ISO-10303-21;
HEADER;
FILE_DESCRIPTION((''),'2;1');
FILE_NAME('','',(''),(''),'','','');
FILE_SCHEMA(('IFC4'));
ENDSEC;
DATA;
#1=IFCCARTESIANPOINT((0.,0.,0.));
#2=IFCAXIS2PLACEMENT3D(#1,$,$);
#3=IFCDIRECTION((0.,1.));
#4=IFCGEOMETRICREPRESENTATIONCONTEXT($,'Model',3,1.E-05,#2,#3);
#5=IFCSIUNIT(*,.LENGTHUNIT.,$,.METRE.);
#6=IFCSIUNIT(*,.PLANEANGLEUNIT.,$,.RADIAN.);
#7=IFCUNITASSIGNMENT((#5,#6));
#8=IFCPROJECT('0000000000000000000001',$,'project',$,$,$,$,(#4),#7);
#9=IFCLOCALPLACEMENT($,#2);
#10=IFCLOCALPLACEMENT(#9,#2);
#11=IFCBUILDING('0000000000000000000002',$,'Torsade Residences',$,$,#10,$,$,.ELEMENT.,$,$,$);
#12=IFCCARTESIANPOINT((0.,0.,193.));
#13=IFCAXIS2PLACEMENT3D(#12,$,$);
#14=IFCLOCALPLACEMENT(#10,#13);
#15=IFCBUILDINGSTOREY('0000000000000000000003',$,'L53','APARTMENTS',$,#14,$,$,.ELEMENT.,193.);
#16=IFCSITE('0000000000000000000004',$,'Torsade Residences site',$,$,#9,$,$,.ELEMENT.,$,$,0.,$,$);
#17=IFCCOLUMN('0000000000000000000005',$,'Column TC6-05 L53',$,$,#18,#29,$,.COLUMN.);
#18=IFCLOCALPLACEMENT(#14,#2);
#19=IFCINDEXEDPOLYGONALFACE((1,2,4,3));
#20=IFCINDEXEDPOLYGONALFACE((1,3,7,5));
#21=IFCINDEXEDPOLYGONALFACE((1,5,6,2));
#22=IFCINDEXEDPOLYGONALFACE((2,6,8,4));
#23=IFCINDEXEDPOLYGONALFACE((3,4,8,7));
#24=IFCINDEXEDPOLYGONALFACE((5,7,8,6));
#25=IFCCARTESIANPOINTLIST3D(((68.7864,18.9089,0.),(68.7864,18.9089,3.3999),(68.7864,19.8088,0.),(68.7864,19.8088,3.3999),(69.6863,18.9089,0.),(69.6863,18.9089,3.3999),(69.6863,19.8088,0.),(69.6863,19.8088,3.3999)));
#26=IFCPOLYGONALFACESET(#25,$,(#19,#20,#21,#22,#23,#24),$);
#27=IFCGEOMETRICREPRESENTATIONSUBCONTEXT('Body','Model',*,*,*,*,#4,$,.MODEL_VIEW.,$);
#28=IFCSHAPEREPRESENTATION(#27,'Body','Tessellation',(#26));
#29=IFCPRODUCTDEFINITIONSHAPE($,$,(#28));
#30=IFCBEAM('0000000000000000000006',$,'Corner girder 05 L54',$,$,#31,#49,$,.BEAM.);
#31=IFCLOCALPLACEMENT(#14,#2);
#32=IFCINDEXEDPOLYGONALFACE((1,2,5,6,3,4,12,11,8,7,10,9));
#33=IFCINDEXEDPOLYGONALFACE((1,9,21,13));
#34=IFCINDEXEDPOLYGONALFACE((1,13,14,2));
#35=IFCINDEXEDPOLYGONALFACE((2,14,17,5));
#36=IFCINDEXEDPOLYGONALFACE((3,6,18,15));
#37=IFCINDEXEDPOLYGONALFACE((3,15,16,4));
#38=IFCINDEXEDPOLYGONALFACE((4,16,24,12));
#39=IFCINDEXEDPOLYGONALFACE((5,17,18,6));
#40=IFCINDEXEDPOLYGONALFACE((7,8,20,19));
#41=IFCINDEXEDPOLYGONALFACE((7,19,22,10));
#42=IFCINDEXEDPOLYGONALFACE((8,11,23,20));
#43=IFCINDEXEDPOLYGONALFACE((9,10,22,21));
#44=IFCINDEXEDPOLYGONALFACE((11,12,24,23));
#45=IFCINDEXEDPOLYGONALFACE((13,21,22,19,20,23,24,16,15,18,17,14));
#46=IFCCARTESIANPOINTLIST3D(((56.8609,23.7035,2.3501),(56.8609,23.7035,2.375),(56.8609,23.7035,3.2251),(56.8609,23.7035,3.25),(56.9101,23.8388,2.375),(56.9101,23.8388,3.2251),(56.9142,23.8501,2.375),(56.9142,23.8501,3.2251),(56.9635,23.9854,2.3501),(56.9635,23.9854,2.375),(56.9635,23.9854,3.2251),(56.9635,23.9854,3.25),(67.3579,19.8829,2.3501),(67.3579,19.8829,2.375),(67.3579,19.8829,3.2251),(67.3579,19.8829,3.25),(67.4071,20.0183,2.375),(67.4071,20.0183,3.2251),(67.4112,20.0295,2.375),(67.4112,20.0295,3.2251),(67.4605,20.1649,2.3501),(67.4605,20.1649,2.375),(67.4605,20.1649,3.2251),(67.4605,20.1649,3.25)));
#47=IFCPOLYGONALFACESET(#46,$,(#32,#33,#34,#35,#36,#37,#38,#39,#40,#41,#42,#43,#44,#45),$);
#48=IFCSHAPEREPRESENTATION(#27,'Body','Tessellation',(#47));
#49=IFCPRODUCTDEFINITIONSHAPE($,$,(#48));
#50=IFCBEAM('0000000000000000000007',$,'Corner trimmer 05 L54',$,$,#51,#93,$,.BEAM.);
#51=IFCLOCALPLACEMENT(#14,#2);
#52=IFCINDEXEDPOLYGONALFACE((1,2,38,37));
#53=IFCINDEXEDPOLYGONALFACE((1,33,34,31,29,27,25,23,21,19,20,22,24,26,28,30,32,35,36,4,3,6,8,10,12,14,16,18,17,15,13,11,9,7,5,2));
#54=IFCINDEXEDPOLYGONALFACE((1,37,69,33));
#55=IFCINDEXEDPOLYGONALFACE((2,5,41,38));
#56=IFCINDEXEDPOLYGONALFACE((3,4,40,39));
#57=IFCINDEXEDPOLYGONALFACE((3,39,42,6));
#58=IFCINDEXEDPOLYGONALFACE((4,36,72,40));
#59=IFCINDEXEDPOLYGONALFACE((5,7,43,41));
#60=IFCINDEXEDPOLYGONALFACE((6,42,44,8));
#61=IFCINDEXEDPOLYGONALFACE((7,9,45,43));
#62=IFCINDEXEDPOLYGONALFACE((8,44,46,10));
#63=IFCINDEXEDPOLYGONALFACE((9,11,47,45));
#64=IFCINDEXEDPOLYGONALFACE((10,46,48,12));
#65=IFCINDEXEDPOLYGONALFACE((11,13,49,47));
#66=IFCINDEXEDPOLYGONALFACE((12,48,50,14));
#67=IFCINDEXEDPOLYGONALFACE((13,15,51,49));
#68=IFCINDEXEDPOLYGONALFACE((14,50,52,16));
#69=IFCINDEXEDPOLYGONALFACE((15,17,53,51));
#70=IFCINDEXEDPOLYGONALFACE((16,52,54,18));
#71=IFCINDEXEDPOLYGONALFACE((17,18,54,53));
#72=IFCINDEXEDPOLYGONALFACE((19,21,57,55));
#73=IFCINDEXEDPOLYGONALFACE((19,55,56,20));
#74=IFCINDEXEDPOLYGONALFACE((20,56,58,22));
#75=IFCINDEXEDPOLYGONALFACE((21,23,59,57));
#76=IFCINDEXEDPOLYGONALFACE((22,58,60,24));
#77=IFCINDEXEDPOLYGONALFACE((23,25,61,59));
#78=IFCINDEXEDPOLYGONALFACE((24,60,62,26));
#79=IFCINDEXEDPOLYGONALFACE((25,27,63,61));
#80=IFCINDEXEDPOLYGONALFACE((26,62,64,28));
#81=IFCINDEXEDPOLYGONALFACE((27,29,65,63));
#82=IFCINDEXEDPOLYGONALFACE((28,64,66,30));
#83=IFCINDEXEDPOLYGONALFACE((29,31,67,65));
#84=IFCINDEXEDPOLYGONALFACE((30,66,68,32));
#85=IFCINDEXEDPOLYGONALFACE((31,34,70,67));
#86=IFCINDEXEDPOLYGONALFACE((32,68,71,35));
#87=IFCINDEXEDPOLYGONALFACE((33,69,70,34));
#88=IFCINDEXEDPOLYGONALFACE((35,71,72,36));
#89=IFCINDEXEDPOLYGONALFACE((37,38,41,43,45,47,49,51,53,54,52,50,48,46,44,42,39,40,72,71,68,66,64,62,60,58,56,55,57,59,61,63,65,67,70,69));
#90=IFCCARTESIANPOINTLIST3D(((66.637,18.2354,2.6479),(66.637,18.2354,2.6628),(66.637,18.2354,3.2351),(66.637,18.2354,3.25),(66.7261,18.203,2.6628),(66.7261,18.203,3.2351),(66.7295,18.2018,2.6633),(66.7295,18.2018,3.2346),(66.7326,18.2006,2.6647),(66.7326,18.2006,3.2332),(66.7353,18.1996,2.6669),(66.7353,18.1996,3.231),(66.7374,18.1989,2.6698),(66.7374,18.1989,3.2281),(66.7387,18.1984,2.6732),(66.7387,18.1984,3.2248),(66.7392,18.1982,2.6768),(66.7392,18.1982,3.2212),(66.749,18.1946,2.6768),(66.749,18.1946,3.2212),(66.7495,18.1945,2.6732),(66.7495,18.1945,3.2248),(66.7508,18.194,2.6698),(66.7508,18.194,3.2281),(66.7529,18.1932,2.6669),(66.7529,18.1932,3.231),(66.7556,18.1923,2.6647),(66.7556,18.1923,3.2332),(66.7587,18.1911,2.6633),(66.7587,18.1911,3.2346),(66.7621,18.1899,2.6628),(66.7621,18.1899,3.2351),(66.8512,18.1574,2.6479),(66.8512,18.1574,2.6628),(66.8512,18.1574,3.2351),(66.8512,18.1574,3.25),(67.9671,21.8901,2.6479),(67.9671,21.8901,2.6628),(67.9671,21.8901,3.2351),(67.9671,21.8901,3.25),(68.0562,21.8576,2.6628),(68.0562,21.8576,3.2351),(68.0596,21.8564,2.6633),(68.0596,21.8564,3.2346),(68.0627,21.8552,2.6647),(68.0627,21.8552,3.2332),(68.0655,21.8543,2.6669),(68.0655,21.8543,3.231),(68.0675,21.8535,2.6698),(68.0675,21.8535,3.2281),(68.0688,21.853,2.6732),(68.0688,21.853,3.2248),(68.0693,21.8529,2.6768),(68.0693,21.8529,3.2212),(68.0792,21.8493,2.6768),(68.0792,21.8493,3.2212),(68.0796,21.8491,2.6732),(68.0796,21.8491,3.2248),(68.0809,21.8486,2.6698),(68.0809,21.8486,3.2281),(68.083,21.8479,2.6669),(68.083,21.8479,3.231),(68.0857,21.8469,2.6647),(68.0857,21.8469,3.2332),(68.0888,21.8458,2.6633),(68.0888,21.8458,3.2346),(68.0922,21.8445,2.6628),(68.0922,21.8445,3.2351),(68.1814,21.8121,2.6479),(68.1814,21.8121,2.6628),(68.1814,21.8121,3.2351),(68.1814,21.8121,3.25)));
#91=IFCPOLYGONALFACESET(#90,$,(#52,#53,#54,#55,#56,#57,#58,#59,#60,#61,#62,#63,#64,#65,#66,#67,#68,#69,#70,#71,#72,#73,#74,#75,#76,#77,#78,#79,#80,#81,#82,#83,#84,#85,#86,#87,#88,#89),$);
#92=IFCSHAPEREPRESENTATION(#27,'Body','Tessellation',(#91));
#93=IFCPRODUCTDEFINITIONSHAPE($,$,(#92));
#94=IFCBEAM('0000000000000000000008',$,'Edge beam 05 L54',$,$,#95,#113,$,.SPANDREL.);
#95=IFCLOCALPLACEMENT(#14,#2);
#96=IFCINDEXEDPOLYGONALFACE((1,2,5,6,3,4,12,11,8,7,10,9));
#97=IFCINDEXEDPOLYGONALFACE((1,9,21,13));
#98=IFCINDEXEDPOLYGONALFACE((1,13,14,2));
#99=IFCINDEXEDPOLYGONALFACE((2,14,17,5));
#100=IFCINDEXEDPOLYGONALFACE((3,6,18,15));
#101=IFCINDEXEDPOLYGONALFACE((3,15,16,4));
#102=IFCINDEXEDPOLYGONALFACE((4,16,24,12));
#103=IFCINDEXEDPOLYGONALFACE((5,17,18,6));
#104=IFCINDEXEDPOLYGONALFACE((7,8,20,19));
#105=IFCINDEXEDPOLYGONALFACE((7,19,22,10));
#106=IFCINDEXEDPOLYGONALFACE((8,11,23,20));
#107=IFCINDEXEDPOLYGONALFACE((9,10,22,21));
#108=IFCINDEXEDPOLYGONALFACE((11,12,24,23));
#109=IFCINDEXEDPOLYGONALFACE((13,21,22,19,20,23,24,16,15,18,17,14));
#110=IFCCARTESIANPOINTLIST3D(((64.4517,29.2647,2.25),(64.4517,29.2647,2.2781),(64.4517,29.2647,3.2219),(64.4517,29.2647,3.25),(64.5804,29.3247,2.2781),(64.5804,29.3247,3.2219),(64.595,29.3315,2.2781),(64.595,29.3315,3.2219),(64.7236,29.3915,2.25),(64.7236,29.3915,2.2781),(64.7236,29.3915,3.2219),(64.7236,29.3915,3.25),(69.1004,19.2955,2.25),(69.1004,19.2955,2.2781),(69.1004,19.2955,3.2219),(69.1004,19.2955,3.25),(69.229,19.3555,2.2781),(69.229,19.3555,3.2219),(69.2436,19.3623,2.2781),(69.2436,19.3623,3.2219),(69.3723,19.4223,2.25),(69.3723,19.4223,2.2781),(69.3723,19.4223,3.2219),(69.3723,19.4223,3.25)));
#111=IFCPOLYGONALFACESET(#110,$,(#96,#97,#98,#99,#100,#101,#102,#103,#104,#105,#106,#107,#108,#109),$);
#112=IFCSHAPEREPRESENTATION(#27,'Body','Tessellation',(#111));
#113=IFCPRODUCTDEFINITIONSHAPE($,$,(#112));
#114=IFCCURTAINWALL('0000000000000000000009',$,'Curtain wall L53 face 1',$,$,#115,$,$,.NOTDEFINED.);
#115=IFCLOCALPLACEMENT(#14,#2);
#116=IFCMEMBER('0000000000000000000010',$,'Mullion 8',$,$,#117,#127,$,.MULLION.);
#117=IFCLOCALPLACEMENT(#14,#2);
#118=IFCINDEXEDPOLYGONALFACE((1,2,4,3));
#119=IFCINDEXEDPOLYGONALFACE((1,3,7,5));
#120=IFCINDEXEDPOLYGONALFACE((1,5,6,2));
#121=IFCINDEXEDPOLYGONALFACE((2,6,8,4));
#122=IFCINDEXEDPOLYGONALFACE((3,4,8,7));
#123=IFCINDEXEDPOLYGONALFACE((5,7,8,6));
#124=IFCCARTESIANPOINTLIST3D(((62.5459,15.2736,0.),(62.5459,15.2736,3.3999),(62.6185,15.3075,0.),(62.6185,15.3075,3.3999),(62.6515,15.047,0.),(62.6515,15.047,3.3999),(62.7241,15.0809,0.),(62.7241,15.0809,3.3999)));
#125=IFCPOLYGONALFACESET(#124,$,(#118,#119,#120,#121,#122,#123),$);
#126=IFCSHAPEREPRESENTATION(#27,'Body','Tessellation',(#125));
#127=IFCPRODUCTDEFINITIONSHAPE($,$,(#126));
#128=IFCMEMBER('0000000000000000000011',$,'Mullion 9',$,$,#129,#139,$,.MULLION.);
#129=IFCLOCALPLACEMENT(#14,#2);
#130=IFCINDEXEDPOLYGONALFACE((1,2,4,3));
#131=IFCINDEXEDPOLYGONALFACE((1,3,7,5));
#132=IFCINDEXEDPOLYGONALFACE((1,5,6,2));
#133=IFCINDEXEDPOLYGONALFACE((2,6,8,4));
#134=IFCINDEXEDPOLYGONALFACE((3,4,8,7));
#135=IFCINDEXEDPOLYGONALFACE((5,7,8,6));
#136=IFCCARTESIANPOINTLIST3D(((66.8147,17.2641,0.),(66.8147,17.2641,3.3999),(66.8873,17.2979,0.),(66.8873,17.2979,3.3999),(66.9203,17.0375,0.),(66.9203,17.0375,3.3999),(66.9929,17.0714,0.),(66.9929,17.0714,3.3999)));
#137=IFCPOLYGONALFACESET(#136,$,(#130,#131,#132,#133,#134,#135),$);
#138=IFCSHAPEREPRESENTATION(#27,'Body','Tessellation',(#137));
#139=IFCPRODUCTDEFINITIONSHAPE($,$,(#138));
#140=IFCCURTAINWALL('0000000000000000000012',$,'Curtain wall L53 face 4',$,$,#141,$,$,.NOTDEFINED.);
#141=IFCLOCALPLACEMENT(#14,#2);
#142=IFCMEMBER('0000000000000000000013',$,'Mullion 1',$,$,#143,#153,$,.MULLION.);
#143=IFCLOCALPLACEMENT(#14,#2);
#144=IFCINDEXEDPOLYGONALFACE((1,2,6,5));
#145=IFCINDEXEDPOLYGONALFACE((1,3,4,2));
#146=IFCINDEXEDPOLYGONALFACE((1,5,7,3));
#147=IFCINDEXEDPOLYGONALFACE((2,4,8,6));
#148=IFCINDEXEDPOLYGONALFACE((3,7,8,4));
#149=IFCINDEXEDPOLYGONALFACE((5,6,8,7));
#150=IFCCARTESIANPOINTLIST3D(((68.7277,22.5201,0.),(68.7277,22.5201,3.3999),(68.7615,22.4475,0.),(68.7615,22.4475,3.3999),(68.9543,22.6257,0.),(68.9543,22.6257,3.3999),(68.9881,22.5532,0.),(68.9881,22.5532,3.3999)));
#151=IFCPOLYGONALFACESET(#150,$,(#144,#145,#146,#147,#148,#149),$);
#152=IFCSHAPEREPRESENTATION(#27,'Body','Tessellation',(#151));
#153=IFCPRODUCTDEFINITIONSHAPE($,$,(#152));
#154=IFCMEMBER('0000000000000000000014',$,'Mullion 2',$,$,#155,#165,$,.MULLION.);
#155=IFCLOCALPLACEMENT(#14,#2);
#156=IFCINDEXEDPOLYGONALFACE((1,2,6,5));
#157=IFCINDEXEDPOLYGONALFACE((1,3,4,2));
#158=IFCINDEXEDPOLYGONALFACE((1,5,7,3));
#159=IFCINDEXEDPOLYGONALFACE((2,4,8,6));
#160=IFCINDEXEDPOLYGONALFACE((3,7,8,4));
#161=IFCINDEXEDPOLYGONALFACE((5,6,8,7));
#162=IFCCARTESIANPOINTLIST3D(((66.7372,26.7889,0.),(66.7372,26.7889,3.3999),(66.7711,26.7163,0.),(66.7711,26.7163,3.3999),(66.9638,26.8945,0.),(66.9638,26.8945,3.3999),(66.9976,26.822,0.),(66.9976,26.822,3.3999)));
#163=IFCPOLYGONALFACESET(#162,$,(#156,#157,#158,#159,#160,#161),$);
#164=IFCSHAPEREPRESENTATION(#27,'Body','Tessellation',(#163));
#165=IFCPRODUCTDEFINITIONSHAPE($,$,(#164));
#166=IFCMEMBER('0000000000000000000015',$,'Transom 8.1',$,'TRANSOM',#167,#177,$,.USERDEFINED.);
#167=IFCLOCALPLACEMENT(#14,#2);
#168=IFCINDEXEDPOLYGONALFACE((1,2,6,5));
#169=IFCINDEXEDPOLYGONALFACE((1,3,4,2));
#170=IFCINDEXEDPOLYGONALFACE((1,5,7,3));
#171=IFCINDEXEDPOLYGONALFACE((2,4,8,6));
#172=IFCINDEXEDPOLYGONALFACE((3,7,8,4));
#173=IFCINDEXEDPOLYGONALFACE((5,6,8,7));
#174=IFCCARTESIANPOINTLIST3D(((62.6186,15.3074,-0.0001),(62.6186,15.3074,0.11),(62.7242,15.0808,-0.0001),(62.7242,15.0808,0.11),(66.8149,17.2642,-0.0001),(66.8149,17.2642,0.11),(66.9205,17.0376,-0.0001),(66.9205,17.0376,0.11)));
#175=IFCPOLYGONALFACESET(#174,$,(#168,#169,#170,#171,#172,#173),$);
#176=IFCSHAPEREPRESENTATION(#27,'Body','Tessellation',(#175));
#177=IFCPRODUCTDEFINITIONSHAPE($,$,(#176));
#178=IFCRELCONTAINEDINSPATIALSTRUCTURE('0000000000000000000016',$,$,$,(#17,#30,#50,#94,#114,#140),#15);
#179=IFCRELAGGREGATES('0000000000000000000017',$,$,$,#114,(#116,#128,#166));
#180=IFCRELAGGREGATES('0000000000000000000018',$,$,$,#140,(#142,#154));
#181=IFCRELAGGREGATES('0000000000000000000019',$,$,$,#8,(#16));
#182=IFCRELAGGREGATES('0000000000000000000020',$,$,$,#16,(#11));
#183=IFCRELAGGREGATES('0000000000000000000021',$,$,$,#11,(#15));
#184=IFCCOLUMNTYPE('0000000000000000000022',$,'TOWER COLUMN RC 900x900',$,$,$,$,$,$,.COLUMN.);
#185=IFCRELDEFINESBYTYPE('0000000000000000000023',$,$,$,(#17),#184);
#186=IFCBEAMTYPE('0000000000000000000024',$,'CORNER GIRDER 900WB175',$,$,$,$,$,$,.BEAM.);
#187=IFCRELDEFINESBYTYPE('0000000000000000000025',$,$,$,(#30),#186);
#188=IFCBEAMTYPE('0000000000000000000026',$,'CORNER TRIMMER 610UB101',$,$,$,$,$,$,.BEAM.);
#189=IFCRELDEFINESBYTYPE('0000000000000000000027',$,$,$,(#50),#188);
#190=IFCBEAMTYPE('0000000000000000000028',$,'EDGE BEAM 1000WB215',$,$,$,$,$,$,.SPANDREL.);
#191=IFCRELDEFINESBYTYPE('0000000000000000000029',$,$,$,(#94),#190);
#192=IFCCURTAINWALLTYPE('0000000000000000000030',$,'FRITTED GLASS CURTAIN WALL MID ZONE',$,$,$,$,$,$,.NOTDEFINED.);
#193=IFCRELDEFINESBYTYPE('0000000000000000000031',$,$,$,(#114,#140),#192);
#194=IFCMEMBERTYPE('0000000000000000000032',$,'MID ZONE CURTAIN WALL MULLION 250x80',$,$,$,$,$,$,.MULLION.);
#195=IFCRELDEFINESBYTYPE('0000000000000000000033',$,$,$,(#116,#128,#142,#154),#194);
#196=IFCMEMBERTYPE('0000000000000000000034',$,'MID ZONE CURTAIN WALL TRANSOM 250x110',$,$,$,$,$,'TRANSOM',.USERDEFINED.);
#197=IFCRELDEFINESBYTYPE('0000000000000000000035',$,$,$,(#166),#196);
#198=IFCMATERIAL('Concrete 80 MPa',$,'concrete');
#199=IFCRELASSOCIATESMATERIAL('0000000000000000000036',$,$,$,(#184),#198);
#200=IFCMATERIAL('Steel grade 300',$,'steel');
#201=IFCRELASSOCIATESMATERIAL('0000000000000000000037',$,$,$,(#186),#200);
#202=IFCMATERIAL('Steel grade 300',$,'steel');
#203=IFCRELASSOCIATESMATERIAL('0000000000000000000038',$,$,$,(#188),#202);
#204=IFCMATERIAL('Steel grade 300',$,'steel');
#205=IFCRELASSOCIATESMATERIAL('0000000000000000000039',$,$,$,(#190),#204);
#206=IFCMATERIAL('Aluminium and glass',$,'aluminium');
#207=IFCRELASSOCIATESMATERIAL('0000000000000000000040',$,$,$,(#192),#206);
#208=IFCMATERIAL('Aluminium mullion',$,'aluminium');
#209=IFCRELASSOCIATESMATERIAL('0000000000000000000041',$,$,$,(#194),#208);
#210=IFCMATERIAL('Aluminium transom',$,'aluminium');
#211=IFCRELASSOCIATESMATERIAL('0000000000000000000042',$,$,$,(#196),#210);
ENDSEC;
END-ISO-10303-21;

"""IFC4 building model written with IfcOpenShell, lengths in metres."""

from ifc_helpers import new_model, si_unit, direction, frame, origin, origin_2d, place, context, subcontext, project, spatial, rectangle, i_section, extrude, material, material_profile, profile_set, type_object, element, aggregate, save


model = new_model("IFC4")

# Units and contexts
model_context = context("Model", 3, precision=1e-05, world=origin(), true_north=direction((0.0, 1.0)))
body_context = subcontext(model_context, "Body", "Model", "MODEL_VIEW")
ifc_project = project(units=[si_unit("LENGTHUNIT", "METRE"), si_unit("PLANEANGLEUNIT", "RADIAN")], contexts=[model_context])

# Site, building, storey
site_placement = place(None, origin())
site = spatial("IfcSite", under=ifc_project, at=site_placement, Name="Torsade Residences site", CompositionType="ELEMENT", RefElevation=0.0)
building_placement = place(site_placement, origin())
building = spatial("IfcBuilding", under=site, at=building_placement, Name="Torsade Residences", CompositionType="ELEMENT")
storey_placement = place(building_placement, frame((0.0, 0.0, 193.0)))
storey = spatial("IfcBuildingStorey", under=building, at=storey_placement, Name="L53", Description="APARTMENTS", CompositionType="ELEMENT", Elevation=193.0)

# Column
ifc_material_1 = material(Name="Concrete 80 MPa", Category="concrete")
ifc_material_profile_1 = material_profile(ifc_material_1, rectangle(XDim=0.8999, YDim=0.8999, at=origin_2d()), Name="RC 900x900")
ifc_profile_set_1 = profile_set([ifc_material_profile_1], Name="Concrete 80 MPa")
column_type = type_object("IfcColumnType", Name="TOWER COLUMN RC 900x900", PredefinedType="COLUMN", material=ifc_profile_set_1)
column_placement = place(storey_placement, frame((69.2363, 19.3589, 0.0), z_axis=(0.0, 0.0, 1.0), x_axis=(1.0, 0.0, 0.0)))
element("IfcColumn", 1, at=column_placement, inside=storey, type_object=column_type, Name="Column TC6-05 L53", PredefinedType="COLUMN", context=body_context, shape_type="SweptSolid", body=[
    extrude(rectangle(XDim=0.8999, YDim=0.8999, at=origin_2d()), origin(), (0.0, 0.0, 1.0), 3.3999),
])

# Beams
ifc_material_2 = material(Name="Steel grade 300", Category="steel")
ifc_material_profile_2 = material_profile(ifc_material_2, i_section(OverallWidth=0.3, OverallDepth=0.8999, WebThickness=0.012, FlangeThickness=0.0249, at=origin_2d()), Name="900WB175")
ifc_profile_set_2 = profile_set([ifc_material_profile_2], Name="Steel grade 300")
beam_type_1 = type_object("IfcBeamType", Name="CORNER GIRDER 900WB175", PredefinedType="BEAM", material=ifc_profile_set_2)
beam_1_placement = place(storey_placement, frame((67.4092, 20.0239, 2.8), z_axis=(-0.939694, 0.342015, 0.0), x_axis=(-0.342015, -0.939694, 0.0)))
element("IfcBeam", 2, at=beam_1_placement, inside=storey, type_object=beam_type_1, Name="Corner girder 05 L54", PredefinedType="BEAM", context=body_context, shape_type="SweptSolid", body=[
    extrude(i_section(OverallWidth=0.3, OverallDepth=0.8999, WebThickness=0.012, FlangeThickness=0.0249, at=origin_2d()), origin(), (0.0, 0.0, 1.0), 11.1707),
])
ifc_material_3 = material(Name="Steel grade 300", Category="steel")
ifc_material_profile_3 = material_profile(ifc_material_3, i_section(OverallWidth=0.228, OverallDepth=0.6021, WebThickness=0.0105, FlangeThickness=0.0149, FilletRadius=0.0139, at=origin_2d()), Name="610UB101")
ifc_profile_set_3 = profile_set([ifc_material_profile_3], Name="Steel grade 300")
beam_type_2 = type_object("IfcBeamType", Name="CORNER TRIMMER 610UB101", PredefinedType="BEAM", material=ifc_profile_set_3)
beam_2_placement = place(storey_placement, frame((68.0742, 21.8511, 2.949), z_axis=(-0.342005, -0.939698, 0.0), x_axis=(0.939698, -0.342005, 0.0)))
element("IfcBeam", 3, at=beam_2_placement, inside=storey, type_object=beam_type_2, Name="Corner trimmer 05 L54", PredefinedType="BEAM", context=body_context, shape_type="SweptSolid", body=[
    extrude(i_section(OverallWidth=0.228, OverallDepth=0.6021, WebThickness=0.0105, FlangeThickness=0.0149, FilletRadius=0.0139, at=origin_2d()), origin(), (0.0, 0.0, 1.0), 3.8892),
])
ifc_material_4 = material(Name="Steel grade 300", Category="steel")
ifc_material_profile_4 = material_profile(ifc_material_4, i_section(OverallWidth=0.3, OverallDepth=1.0, WebThickness=0.0161, FlangeThickness=0.0281, at=origin_2d()), Name="1000WB215")
ifc_profile_set_4 = profile_set([ifc_material_profile_4], Name="Steel grade 300")
beam_type_3 = type_object("IfcBeamType", Name="EDGE BEAM 1000WB215", PredefinedType="SPANDREL", material=ifc_profile_set_4)
beam_3_placement = place(storey_placement, frame((69.2363, 19.3589, 2.75), z_axis=(-0.422614, 0.90631, 0.0), x_axis=(-0.90631, -0.422614, 0.0)))
element("IfcBeam", 4, at=beam_3_placement, inside=storey, type_object=beam_type_3, Name="Edge beam 05 L54", PredefinedType="SPANDREL", context=body_context, shape_type="SweptSolid", body=[
    extrude(i_section(OverallWidth=0.3, OverallDepth=1.0, WebThickness=0.0161, FlangeThickness=0.0281, at=origin_2d()), origin(), (0.0, 0.0, 1.0), 10.9998),
])

# Curtain walls, members
ifc_material_5 = material(Name="Aluminium and glass", Category="aluminium")
curtain_wall_type = type_object("IfcCurtainWallType", Name="FRITTED GLASS CURTAIN WALL MID ZONE", PredefinedType="NOTDEFINED", material=ifc_material_5)
curtain_wall_1_placement = place(storey_placement, origin())
curtain_wall_1 = element("IfcCurtainWall", 5, at=curtain_wall_1_placement, inside=storey, type_object=curtain_wall_type, Name="Curtain wall L53 face 1", PredefinedType="NOTDEFINED")
ifc_material_6 = material(Name="Aluminium mullion", Category="aluminium")
ifc_material_profile_5 = material_profile(ifc_material_6, rectangle(XDim=0.25, YDim=0.0801, at=origin_2d()), Name="MID ZONE CURTAIN WALL MULLION 250x80")
ifc_profile_set_5 = profile_set([ifc_material_profile_5], Name="Aluminium mullion")
member_type_1 = type_object("IfcMemberType", Name="MID ZONE CURTAIN WALL MULLION 250x80", PredefinedType="MULLION", material=ifc_profile_set_5)
member_1_placement = place(storey_placement, frame((62.635, 15.1772, 0.0), z_axis=(0.0, 0.0, 1.0), x_axis=(-0.422618, 0.906308, 0.0)))
member_1 = element("IfcMember", 6, at=member_1_placement, type_object=member_type_1, Name="Mullion 8", PredefinedType="MULLION", context=body_context, shape_type="SweptSolid", body=[
    extrude(rectangle(XDim=0.25, YDim=0.0801, at=origin_2d()), origin(), (0.0, 0.0, 1.0), 3.3999),
])
member_2_placement = place(storey_placement, frame((66.9038, 17.1677, 0.0), z_axis=(0.0, 0.0, 1.0), x_axis=(-0.422618, 0.906308, 0.0)))
member_2 = element("IfcMember", 7, at=member_2_placement, type_object=member_type_1, Name="Mullion 9", PredefinedType="MULLION", context=body_context, shape_type="SweptSolid", body=[
    extrude(rectangle(XDim=0.25, YDim=0.0801, at=origin_2d()), origin(), (0.0, 0.0, 1.0), 3.3999),
])
curtain_wall_2_placement = place(storey_placement, origin())
curtain_wall_2 = element("IfcCurtainWall", 8, at=curtain_wall_2_placement, inside=storey, type_object=curtain_wall_type, Name="Curtain wall L53 face 4", PredefinedType="NOTDEFINED")
member_3_placement = place(storey_placement, frame((68.8579, 22.5366, 0.0), z_axis=(0.0, 0.0, 1.0), x_axis=(-0.906308, -0.422618, 0.0)))
member_3 = element("IfcMember", 9, at=member_3_placement, type_object=member_type_1, Name="Mullion 1", PredefinedType="MULLION", context=body_context, shape_type="SweptSolid", body=[
    extrude(rectangle(XDim=0.25, YDim=0.0801, at=origin_2d()), origin(), (0.0, 0.0, 1.0), 3.3999),
])
member_4_placement = place(storey_placement, frame((66.8674, 26.8054, 0.0), z_axis=(0.0, 0.0, 1.0), x_axis=(-0.906308, -0.422618, 0.0)))
member_4 = element("IfcMember", 10, at=member_4_placement, type_object=member_type_1, Name="Mullion 2", PredefinedType="MULLION", context=body_context, shape_type="SweptSolid", body=[
    extrude(rectangle(XDim=0.25, YDim=0.0801, at=origin_2d()), origin(), (0.0, 0.0, 1.0), 3.3999),
])

# Member
ifc_material_7 = material(Name="Aluminium transom", Category="aluminium")
ifc_material_profile_6 = material_profile(ifc_material_7, rectangle(XDim=0.25, YDim=0.1101, at=origin_2d()), Name="MID ZONE CURTAIN WALL TRANSOM 250x110")
ifc_profile_set_6 = profile_set([ifc_material_profile_6], Name="Aluminium transom")
member_type_2 = type_object("IfcMemberType", Name="MID ZONE CURTAIN WALL TRANSOM 250x110", ElementType="TRANSOM", PredefinedType="USERDEFINED", material=ifc_profile_set_6)
member_5_placement = place(storey_placement, frame((62.6714, 15.1941, 0.0549), z_axis=(0.906306, 0.422623, 0.0), x_axis=(-0.422623, 0.906306, 0.0)))
member_5 = element("IfcMember", 11, at=member_5_placement, type_object=member_type_2, Name="Transom 8.1", ObjectType="TRANSOM", PredefinedType="USERDEFINED", context=body_context, shape_type="SweptSolid", body=[
    extrude(rectangle(XDim=0.25, YDim=0.1101, at=origin_2d()), origin(), (0.0, 0.0, 1.0), 4.6301),
])

aggregate(curtain_wall_1, [member_1, member_2, member_5])
aggregate(curtain_wall_2, [member_3, member_4])

save(model, "model.ifc")
